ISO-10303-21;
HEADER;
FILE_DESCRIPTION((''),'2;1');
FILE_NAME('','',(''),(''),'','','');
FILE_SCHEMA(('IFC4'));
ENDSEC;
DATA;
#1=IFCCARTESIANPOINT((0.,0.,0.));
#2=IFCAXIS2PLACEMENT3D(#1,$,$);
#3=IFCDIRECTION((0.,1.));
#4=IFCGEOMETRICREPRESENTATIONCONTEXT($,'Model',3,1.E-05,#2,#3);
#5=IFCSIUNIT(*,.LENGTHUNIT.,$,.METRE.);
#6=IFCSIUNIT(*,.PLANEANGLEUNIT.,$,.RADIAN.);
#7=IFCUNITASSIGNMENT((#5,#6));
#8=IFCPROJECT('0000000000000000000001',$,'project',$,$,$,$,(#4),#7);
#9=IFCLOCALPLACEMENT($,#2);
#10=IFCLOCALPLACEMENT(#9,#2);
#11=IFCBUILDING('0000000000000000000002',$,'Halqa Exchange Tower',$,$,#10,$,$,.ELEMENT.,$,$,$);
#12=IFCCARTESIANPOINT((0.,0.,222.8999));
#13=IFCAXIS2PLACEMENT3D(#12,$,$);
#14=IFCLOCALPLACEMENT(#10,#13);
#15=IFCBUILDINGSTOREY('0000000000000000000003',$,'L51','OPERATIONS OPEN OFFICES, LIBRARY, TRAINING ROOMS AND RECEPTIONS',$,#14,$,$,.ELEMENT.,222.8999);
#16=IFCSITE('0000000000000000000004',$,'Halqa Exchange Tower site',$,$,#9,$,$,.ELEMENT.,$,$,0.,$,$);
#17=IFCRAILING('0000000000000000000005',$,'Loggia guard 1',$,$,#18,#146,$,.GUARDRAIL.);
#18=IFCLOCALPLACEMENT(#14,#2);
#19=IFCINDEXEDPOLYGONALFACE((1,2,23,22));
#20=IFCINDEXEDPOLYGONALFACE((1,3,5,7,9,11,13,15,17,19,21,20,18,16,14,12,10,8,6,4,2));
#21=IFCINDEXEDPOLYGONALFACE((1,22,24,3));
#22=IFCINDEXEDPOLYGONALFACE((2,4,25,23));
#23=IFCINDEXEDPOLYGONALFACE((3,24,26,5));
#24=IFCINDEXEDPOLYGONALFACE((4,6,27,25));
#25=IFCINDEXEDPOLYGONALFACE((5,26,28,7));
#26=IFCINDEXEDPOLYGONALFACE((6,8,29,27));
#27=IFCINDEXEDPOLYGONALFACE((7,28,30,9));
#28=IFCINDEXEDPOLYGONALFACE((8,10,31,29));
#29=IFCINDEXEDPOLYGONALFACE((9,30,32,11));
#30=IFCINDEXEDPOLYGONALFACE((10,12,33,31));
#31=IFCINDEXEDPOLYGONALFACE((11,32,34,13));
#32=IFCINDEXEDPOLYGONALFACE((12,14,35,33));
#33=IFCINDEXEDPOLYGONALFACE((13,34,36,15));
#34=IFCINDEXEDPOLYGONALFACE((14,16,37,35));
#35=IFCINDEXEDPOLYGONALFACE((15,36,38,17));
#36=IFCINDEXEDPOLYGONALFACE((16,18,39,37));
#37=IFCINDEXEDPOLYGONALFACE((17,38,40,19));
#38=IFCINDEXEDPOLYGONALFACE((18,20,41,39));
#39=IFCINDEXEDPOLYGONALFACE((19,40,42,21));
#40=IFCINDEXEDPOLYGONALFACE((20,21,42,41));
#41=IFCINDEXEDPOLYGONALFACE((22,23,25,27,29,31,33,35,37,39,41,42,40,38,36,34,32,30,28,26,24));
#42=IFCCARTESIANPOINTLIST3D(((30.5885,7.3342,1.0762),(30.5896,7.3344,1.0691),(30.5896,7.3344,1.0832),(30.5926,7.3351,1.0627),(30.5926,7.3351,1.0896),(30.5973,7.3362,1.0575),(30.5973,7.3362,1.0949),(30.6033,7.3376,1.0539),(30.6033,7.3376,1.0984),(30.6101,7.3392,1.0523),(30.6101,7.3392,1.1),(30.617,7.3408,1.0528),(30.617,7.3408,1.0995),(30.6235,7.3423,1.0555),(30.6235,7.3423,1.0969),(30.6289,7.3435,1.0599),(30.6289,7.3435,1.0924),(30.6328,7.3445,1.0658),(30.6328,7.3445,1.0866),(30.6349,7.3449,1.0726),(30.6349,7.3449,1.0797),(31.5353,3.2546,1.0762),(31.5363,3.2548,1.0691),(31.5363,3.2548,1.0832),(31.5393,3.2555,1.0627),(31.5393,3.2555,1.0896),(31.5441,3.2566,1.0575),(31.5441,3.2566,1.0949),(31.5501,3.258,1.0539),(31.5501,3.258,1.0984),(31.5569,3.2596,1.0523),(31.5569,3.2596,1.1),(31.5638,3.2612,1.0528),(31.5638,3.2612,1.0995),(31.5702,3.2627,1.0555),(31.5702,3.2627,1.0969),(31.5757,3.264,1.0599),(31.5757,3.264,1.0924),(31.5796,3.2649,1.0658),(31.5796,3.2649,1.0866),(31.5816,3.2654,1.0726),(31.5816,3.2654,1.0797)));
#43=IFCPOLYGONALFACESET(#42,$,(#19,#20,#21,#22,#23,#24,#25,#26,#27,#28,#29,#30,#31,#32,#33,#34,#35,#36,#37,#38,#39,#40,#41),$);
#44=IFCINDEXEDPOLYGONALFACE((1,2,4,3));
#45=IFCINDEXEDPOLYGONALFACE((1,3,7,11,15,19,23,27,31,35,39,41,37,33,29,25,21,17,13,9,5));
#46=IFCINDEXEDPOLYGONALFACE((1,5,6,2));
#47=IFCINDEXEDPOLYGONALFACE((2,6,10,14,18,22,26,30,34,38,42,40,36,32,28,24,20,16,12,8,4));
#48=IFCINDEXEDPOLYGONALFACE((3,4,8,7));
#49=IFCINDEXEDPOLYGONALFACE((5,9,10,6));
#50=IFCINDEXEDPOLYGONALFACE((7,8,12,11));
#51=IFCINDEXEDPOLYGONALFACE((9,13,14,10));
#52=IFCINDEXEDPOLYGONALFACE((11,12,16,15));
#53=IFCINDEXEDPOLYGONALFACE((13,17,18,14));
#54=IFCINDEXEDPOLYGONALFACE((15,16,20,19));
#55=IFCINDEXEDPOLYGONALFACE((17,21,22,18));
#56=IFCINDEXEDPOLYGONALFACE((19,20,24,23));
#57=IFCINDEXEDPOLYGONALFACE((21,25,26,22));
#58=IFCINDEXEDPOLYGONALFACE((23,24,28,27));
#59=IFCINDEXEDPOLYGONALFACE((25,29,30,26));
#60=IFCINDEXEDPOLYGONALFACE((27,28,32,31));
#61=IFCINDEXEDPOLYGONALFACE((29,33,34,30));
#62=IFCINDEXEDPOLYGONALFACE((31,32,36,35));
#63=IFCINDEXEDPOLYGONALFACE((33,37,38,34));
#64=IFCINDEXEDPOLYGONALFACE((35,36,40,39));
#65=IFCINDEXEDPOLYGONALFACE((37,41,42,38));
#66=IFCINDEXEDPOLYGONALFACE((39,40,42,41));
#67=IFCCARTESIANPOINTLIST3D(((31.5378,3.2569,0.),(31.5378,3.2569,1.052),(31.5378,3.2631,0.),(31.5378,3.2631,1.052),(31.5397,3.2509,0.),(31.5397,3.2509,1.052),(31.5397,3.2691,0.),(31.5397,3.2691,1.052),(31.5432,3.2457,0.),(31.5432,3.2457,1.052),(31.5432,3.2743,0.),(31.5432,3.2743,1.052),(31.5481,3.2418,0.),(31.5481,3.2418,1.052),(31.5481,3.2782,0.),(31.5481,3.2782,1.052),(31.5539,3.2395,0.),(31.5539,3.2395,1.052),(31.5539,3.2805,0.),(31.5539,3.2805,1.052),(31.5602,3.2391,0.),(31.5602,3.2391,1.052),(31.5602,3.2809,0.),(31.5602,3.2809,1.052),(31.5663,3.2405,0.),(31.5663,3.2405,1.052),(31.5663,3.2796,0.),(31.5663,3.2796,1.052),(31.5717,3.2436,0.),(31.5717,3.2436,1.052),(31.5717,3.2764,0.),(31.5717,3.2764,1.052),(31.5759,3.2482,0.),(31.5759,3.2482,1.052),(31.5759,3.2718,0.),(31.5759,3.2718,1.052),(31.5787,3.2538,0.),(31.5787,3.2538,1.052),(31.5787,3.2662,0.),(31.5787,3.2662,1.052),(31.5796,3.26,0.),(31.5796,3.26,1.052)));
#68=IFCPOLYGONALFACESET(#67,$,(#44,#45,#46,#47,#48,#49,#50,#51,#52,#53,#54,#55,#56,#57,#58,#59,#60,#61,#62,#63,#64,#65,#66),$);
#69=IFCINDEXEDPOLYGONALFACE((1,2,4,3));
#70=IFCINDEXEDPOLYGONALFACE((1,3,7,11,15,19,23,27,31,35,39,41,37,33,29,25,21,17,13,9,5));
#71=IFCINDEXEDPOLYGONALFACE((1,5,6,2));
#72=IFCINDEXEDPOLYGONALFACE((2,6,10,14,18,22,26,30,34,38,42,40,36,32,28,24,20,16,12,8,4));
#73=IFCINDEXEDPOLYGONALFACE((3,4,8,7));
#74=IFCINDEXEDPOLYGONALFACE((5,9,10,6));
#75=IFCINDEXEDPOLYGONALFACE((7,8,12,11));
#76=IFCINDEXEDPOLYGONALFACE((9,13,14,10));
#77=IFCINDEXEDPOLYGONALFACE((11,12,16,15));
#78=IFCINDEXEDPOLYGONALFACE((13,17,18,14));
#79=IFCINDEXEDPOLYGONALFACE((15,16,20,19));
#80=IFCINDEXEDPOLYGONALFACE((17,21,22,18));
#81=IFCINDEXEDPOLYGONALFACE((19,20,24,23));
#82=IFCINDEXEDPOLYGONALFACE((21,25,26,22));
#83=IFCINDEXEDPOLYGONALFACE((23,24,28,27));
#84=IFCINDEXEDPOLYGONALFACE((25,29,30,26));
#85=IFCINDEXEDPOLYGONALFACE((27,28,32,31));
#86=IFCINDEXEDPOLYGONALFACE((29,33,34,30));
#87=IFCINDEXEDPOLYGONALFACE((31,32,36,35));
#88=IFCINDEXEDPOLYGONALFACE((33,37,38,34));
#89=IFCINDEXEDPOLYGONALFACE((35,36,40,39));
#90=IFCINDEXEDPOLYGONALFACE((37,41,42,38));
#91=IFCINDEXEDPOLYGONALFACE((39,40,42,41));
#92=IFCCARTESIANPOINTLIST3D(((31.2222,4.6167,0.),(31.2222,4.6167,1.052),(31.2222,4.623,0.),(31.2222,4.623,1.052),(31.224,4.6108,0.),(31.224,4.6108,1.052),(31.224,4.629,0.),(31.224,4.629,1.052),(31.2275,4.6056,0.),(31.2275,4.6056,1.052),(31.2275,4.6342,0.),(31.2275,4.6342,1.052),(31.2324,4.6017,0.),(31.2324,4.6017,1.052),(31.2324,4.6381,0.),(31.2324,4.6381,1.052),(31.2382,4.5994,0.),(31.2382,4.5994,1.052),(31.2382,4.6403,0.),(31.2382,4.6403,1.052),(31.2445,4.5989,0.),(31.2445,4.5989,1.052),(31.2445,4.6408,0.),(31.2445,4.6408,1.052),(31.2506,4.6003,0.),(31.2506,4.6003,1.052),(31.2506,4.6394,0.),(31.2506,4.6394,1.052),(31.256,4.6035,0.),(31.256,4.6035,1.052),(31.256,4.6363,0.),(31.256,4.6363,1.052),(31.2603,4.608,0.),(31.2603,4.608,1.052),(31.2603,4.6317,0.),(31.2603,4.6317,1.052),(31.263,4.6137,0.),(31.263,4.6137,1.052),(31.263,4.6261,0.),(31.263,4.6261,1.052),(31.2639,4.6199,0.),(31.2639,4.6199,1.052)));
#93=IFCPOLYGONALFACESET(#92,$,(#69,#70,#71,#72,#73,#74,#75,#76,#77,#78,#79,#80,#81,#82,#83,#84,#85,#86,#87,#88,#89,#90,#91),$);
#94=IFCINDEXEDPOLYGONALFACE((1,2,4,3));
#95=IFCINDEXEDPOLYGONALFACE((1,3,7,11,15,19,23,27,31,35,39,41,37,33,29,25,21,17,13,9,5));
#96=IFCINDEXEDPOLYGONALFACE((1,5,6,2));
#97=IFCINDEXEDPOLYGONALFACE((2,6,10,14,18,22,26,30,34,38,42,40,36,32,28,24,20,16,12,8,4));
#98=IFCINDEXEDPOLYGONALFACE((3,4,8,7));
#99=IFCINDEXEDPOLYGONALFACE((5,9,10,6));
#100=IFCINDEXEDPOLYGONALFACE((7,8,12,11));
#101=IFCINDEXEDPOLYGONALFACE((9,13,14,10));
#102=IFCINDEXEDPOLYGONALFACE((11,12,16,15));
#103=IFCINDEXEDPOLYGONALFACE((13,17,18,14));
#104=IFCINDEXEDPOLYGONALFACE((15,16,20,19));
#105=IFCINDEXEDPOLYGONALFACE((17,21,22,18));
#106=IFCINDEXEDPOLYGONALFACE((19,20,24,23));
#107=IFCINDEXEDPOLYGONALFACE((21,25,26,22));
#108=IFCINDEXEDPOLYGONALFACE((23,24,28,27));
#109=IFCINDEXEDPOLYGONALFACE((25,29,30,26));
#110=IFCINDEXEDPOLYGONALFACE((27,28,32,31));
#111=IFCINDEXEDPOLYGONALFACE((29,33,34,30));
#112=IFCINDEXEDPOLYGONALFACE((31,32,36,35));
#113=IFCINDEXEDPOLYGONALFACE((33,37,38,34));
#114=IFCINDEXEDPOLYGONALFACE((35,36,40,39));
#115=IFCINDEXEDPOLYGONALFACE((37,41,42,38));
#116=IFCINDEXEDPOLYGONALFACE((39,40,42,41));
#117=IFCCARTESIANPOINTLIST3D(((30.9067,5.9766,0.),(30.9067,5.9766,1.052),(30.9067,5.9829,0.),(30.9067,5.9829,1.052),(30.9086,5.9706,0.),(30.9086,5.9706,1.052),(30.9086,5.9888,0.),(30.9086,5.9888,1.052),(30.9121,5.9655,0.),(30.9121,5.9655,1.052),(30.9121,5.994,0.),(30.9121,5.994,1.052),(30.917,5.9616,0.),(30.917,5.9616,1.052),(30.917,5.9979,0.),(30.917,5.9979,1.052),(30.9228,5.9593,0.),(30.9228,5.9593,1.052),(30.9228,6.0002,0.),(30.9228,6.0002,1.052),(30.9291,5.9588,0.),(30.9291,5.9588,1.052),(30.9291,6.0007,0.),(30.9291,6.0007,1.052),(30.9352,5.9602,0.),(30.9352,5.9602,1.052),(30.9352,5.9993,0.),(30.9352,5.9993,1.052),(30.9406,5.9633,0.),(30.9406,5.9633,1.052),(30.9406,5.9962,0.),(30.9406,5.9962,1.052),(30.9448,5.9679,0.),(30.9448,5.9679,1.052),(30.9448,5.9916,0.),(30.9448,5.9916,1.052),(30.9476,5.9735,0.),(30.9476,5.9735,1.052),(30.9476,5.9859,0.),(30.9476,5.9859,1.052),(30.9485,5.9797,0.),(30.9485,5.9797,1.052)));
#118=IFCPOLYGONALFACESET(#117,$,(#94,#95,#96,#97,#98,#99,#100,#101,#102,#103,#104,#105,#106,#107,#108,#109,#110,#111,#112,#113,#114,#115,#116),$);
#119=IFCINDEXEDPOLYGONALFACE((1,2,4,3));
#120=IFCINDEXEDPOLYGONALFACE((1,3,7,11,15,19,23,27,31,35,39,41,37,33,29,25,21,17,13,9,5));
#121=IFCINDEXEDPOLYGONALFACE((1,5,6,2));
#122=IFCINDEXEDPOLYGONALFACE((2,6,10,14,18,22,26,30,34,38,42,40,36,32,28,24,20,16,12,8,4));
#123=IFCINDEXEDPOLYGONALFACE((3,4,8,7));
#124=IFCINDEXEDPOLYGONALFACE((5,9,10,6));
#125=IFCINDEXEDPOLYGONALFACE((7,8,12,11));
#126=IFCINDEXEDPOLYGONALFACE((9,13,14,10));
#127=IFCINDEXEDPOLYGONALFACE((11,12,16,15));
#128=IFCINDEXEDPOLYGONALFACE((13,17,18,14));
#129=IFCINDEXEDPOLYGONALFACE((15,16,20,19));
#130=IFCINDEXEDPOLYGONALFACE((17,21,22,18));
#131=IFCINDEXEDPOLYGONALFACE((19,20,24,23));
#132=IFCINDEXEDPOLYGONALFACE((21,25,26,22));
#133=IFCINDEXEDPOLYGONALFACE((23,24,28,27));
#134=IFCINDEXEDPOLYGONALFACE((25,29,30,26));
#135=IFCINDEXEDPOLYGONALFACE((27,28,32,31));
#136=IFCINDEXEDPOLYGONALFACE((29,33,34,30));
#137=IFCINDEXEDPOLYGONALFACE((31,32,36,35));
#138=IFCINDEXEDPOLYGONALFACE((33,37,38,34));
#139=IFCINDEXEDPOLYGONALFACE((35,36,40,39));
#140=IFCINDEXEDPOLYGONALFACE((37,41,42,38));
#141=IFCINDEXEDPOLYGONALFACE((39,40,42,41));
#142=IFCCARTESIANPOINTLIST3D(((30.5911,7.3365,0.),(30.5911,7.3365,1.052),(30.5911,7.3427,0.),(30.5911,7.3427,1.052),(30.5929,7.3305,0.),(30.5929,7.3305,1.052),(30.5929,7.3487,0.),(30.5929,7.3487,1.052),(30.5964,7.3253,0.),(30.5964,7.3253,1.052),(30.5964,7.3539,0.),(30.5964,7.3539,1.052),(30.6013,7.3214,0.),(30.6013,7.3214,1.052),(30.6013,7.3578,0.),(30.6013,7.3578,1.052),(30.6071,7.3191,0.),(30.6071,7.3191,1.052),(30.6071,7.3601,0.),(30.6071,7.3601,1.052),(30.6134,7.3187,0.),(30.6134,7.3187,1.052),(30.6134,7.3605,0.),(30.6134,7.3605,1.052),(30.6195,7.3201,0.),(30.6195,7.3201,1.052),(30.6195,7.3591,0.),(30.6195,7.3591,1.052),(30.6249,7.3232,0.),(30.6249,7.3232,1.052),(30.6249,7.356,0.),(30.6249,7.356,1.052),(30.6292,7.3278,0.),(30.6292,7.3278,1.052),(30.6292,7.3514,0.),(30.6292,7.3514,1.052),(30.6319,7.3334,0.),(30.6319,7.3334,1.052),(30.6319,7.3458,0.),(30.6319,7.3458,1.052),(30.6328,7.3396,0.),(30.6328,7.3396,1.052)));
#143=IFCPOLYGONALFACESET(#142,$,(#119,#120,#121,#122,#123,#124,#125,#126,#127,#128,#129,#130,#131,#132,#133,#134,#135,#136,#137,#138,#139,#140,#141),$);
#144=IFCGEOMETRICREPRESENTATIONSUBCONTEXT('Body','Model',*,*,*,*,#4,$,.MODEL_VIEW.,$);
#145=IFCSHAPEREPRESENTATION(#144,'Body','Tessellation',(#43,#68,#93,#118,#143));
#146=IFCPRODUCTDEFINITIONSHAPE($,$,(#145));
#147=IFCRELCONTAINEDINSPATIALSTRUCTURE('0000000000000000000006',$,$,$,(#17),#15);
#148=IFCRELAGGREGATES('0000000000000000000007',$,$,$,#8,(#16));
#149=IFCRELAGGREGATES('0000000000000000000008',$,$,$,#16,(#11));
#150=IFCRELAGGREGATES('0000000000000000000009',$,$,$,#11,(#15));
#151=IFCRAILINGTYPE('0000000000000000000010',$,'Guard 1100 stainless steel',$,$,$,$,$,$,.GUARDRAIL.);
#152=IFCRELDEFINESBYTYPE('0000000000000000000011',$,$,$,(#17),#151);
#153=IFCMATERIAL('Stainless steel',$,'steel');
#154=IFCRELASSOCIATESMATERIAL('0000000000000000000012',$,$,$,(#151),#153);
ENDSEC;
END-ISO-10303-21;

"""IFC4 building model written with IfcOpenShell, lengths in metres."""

from ifc_helpers import new_model, si_unit, direction, frame, origin, origin_2d, place, context, subcontext, project, spatial, circle, extrude, material, type_object, element, save


model = new_model("IFC4")

# Units and contexts
model_context = context("Model", 3, precision=1e-05, world=origin(), true_north=direction((0.0, 1.0)))
body_context = subcontext(model_context, "Body", "Model", "MODEL_VIEW")
ifc_project = project(units=[si_unit("LENGTHUNIT", "METRE"), si_unit("PLANEANGLEUNIT", "RADIAN")], contexts=[model_context])

# Site, building, storey
site_placement = place(None, origin())
site = spatial("IfcSite", under=ifc_project, at=site_placement, Name="Halqa Exchange Tower site", CompositionType="ELEMENT", RefElevation=0.0)
building_placement = place(site_placement, origin())
building = spatial("IfcBuilding", under=site, at=building_placement, Name="Halqa Exchange Tower", CompositionType="ELEMENT")
storey_placement = place(building_placement, frame((0.0, 0.0, 222.8999)))
storey = spatial("IfcBuildingStorey", under=building, at=storey_placement, Name="L51", Description="OPERATIONS OPEN OFFICES, LIBRARY, TRAINING ROOMS AND RECEPTIONS", CompositionType="ELEMENT", Elevation=222.8999)

# Railing
ifc_material_1 = material(Name="Stainless steel", Category="steel")
railing_type = type_object("IfcRailingType", Name="Guard 1100 stainless steel", PredefinedType="GUARDRAIL", material=ifc_material_1)
railing_1_placement = place(storey_placement, frame((31.5586, 3.26, 0.0)))
element("IfcRailing", 1, at=railing_1_placement, inside=storey, type_object=railing_type, Name="Loggia guard 1", PredefinedType="GUARDRAIL", context=body_context, shape_type="SweptSolid", body=[
    extrude(circle(Radius=0.0239, at=origin_2d()), frame((0.0, 0.0, 1.0762), z_axis=(-0.226068, 0.974111, 0.0), x_axis=(-0.974111, -0.226068, 0.0)), (0.0, 0.0, 1.0), 4.188),
    extrude(circle(Radius=0.021, at=origin_2d()), origin(), (0.0, 0.0, 1.0), 1.052),
    extrude(circle(Radius=0.021, at=origin_2d()), frame((-0.3157, 1.3599, 0.0)), (0.0, 0.0, 1.0), 1.052),
    extrude(circle(Radius=0.021, at=origin_2d()), frame((-0.6311, 2.7197, 0.0)), (0.0, 0.0, 1.0), 1.052),
    extrude(circle(Radius=0.021, at=origin_2d()), frame((-0.9468, 4.0796, 0.0)), (0.0, 0.0, 1.0), 1.052),
])

save(model, "model.ifc")
